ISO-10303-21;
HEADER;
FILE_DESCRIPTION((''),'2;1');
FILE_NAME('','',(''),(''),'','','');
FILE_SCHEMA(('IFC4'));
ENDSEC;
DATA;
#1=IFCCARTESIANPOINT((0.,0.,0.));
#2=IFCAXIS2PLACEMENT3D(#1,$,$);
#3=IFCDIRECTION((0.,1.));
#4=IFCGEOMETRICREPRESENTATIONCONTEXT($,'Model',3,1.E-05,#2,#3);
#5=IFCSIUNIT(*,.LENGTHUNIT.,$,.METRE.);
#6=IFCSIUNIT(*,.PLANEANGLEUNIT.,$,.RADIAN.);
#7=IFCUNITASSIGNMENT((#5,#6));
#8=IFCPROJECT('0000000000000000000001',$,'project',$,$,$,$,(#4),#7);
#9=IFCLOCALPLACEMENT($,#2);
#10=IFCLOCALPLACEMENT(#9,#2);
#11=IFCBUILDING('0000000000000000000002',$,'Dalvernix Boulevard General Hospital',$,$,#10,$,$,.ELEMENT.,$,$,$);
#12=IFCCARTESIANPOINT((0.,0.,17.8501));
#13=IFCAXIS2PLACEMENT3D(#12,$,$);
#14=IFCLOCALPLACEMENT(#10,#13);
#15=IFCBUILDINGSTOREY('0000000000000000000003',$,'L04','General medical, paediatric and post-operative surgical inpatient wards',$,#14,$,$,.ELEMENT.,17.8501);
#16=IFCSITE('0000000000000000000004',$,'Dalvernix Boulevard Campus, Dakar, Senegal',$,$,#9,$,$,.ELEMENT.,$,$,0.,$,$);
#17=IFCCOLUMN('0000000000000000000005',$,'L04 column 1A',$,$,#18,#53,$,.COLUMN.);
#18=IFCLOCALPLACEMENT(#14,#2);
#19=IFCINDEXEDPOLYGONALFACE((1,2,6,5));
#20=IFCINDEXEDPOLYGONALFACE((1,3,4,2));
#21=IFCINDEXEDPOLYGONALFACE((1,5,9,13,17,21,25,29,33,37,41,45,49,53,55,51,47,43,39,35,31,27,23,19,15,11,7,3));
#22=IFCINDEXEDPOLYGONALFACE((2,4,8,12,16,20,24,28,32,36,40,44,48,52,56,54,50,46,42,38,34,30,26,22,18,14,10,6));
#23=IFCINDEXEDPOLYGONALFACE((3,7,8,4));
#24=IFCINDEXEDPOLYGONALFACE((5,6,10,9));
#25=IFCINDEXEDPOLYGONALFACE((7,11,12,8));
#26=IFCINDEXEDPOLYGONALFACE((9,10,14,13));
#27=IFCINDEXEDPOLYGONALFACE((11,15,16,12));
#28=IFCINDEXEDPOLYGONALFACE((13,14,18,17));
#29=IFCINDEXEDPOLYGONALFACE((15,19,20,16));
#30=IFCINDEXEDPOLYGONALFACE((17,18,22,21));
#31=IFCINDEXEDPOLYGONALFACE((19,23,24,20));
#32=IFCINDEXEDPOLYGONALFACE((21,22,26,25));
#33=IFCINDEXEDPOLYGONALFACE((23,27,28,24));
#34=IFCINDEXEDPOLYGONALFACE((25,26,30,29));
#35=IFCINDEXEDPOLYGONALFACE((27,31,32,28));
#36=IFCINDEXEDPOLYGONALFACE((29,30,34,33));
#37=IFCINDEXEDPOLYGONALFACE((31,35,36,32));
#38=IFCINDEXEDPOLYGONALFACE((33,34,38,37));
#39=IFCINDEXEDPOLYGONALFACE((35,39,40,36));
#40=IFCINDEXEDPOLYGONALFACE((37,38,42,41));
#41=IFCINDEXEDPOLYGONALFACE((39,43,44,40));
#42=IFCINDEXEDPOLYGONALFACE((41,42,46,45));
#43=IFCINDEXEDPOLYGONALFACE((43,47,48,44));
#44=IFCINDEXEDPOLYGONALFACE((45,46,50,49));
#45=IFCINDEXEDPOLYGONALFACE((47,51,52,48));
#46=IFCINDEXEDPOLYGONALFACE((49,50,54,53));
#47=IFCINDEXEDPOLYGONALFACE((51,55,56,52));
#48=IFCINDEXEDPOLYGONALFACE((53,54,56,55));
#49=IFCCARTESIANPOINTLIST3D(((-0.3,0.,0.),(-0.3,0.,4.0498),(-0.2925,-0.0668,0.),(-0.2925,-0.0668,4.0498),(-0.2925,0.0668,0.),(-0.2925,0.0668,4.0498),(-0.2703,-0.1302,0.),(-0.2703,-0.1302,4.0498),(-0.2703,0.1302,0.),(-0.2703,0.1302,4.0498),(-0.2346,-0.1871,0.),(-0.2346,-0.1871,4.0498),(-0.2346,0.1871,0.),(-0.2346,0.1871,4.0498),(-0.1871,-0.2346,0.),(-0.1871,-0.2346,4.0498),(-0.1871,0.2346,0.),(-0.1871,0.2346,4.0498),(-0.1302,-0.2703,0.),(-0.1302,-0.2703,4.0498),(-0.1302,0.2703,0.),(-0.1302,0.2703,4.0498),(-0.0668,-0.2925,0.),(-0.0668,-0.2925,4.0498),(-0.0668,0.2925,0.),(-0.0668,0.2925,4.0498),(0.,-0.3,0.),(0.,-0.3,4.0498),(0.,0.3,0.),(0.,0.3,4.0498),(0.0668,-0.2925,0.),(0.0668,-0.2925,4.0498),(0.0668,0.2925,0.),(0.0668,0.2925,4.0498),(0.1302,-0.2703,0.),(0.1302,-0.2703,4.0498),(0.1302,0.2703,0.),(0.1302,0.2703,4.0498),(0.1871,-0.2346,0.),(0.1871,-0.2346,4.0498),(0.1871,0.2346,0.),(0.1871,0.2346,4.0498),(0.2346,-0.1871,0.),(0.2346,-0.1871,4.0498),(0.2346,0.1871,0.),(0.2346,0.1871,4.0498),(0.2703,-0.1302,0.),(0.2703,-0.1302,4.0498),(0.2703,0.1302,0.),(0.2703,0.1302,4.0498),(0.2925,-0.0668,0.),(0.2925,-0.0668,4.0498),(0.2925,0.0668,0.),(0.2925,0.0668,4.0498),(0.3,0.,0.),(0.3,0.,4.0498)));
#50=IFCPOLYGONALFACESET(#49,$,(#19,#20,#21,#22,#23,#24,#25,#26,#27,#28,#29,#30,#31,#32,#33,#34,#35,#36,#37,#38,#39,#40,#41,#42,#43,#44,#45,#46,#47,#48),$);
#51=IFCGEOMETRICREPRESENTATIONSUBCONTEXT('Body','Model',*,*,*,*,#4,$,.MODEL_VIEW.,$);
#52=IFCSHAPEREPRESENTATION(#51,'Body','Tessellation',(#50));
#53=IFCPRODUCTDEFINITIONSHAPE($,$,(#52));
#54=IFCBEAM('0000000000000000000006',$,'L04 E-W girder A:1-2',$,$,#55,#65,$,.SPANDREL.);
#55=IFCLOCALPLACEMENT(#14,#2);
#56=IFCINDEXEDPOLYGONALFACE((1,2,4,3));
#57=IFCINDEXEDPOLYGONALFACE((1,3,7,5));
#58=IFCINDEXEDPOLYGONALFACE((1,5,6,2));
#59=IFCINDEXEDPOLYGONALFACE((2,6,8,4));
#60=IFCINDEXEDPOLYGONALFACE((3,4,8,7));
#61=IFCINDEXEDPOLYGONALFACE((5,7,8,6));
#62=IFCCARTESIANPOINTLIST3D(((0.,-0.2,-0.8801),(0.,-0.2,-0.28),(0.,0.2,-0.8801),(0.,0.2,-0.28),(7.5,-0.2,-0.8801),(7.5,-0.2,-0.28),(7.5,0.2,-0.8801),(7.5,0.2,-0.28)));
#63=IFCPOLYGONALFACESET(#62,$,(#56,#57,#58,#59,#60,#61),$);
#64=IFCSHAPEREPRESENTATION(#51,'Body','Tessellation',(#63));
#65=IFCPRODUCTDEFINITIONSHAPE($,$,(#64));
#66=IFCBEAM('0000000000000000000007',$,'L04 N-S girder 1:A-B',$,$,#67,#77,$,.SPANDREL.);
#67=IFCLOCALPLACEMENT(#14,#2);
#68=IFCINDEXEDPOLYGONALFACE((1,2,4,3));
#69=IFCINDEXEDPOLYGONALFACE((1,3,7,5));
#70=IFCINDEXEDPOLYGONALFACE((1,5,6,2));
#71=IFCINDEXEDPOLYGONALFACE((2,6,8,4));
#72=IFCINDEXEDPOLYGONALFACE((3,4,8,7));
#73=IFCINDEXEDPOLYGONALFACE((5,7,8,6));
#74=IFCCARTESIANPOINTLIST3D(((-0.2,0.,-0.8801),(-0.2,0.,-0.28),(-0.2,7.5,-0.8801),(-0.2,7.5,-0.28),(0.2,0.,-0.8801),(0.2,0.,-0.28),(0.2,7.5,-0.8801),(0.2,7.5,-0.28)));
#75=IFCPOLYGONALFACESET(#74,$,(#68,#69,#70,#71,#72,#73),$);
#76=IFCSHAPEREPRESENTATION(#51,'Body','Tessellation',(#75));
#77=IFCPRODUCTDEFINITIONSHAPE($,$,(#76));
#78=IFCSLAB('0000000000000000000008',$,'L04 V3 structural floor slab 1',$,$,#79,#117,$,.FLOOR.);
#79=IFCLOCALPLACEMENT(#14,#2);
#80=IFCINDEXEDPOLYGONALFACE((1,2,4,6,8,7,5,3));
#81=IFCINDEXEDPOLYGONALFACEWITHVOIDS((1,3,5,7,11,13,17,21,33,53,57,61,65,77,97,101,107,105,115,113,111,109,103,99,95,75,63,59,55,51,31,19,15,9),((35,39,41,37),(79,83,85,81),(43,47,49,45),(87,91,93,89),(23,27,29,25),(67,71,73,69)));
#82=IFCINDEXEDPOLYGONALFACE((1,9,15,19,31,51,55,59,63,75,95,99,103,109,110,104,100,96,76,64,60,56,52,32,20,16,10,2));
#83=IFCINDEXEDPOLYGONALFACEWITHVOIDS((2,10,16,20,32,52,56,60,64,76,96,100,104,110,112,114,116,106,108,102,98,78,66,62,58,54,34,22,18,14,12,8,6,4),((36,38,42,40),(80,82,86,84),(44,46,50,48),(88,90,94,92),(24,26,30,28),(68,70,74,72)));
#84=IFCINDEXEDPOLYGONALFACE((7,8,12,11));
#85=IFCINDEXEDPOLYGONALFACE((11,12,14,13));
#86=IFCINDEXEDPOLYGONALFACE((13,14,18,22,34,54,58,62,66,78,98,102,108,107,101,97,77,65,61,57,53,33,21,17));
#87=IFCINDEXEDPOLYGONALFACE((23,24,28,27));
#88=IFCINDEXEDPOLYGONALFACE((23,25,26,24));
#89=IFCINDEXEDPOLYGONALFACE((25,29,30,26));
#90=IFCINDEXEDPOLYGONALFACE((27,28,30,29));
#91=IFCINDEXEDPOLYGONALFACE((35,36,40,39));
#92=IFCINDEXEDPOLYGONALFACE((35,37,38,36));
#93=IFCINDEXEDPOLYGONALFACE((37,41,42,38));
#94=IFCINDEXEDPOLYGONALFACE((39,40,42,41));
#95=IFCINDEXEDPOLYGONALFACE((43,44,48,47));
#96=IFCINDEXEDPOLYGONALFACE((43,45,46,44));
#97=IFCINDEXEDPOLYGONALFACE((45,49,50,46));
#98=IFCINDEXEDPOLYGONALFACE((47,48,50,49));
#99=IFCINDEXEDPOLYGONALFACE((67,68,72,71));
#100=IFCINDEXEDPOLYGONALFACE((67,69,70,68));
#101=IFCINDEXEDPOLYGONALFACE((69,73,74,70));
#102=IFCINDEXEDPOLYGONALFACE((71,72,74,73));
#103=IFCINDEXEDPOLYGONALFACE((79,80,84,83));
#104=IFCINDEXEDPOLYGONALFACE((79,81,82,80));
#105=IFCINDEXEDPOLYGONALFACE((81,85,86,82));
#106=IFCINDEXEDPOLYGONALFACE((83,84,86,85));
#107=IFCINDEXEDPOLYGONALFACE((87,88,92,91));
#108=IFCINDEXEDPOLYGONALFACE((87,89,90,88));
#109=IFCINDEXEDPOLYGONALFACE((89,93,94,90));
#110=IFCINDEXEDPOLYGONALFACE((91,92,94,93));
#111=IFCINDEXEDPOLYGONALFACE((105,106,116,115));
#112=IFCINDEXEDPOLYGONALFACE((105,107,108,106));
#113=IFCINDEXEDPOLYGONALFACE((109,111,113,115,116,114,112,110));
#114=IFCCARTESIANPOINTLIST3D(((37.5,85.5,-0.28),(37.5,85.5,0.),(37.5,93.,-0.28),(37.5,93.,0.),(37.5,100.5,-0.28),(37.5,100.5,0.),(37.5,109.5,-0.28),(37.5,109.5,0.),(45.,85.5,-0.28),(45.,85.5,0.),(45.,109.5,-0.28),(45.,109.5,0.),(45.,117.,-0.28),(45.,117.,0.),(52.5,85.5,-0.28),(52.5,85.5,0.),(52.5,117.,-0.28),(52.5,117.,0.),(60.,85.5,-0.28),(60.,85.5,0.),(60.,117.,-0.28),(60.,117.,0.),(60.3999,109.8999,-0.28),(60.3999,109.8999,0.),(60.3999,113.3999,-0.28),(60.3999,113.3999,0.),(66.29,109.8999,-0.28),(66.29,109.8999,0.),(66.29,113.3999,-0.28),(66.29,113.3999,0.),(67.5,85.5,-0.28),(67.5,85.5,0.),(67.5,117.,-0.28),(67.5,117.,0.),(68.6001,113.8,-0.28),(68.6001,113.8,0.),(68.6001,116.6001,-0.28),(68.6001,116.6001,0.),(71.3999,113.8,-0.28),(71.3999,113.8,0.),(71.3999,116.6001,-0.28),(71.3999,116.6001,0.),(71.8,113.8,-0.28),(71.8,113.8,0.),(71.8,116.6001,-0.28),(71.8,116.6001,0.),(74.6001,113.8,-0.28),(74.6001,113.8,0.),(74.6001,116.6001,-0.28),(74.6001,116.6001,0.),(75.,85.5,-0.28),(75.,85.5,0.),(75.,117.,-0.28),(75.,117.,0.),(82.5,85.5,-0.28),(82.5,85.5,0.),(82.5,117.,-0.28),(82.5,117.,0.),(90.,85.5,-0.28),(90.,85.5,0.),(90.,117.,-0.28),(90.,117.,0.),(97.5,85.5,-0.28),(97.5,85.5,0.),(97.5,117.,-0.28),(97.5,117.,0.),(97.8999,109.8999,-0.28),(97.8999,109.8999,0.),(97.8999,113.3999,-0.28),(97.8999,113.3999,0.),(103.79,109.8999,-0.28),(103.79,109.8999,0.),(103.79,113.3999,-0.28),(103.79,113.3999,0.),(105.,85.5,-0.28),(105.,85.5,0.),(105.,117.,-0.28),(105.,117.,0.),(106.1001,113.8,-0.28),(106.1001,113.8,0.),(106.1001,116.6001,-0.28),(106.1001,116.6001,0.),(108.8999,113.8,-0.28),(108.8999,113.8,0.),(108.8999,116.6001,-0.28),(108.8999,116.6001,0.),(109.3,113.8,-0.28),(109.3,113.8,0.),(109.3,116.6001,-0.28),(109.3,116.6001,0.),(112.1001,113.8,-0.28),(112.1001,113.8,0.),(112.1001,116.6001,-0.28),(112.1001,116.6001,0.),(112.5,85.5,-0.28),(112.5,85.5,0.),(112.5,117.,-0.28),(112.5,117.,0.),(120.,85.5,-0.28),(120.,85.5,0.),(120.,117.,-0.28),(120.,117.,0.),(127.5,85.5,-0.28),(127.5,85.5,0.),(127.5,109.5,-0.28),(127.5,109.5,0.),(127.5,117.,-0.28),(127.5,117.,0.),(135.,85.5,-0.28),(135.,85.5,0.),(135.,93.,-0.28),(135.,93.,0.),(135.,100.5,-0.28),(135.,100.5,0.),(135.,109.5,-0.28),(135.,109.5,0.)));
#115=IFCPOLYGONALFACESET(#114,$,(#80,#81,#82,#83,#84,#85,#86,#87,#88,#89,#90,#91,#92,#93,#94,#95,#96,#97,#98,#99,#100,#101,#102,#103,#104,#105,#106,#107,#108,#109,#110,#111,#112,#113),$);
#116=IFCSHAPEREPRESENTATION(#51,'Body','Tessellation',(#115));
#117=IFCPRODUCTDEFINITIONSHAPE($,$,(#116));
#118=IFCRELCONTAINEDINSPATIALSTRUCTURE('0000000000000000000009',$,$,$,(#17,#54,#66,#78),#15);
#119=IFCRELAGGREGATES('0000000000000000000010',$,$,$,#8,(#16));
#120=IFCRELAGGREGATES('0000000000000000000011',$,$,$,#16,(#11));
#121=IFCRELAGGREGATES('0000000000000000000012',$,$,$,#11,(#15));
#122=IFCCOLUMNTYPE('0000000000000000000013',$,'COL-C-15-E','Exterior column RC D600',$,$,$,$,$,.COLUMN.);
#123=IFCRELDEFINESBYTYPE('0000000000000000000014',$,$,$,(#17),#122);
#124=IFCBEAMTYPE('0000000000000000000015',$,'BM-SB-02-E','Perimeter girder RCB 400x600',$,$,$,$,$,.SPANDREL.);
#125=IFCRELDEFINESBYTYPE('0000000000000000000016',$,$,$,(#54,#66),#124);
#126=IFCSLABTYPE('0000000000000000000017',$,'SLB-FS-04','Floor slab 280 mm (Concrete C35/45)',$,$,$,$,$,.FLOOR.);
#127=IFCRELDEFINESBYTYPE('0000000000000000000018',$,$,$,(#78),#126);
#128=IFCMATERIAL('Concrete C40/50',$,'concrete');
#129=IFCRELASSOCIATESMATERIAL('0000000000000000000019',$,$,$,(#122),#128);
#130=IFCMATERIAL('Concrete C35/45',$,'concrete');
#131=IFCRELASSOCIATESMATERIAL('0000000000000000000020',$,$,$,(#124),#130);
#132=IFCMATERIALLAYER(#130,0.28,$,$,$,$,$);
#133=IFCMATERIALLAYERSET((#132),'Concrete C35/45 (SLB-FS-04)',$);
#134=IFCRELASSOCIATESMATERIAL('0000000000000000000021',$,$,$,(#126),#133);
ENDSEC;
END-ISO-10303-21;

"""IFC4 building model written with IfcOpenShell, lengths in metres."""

from ifc_helpers import new_model, si_unit, direction, frame, origin, origin_with_axes, origin_2d, place, context, subcontext, project, spatial, polyline, rectangle, circle, outline, extrude, material, layer, layer_set, material_profile, profile_set, type_object, element, save


model = new_model("IFC4")

# Units and contexts
model_context = context("Model", 3, precision=1e-05, world=origin(), true_north=direction((0.0, 1.0)))
body_context = subcontext(model_context, "Body", "Model", "MODEL_VIEW")
ifc_project = project(units=[si_unit("LENGTHUNIT", "METRE"), si_unit("PLANEANGLEUNIT", "RADIAN")], contexts=[model_context])

# Site, building, storey
site_placement = place(None, origin())
site = spatial("IfcSite", under=ifc_project, at=site_placement, Name="Dalvernix Boulevard Campus, Dakar, Senegal", CompositionType="ELEMENT", RefElevation=0.0)
building_placement = place(site_placement, origin())
building = spatial("IfcBuilding", under=site, at=building_placement, Name="Dalvernix Boulevard General Hospital", CompositionType="ELEMENT")
storey_placement = place(building_placement, frame((0.0, 0.0, 17.8501)))
storey = spatial("IfcBuildingStorey", under=building, at=storey_placement, Name="L04", Description="General medical, paediatric and post-operative surgical inpatient wards", CompositionType="ELEMENT", Elevation=17.8501)

# Column
ifc_material_1 = material(Name="Concrete C40/50", Category="concrete")
ifc_material_profile_1 = material_profile(ifc_material_1, circle(Radius=0.3, at=origin_2d()), Name="RC D600")
ifc_profile_set_1 = profile_set([ifc_material_profile_1], Name="Concrete C40/50")
column_type = type_object("IfcColumnType", Name="COL-C-15-E", Description="Exterior column RC D600", PredefinedType="COLUMN", material=ifc_profile_set_1)
column_placement = place(storey_placement, origin_with_axes())
element("IfcColumn", 1, at=column_placement, inside=storey, type_object=column_type, Name="L04 column 1A", PredefinedType="COLUMN", context=body_context, shape_type="SweptSolid", body=[
    extrude(circle(Radius=0.3, at=origin_2d()), origin(), (0.0, 0.0, 1.0), 4.0498),
])

# Beams
ifc_material_2 = material(Name="Concrete C35/45", Category="concrete")
ifc_material_profile_2 = material_profile(ifc_material_2, rectangle(XDim=0.3999, YDim=0.6001, at=origin_2d()), Name="RCB 400x600")
ifc_profile_set_2 = profile_set([ifc_material_profile_2], Name="Concrete C35/45")
beam_type = type_object("IfcBeamType", Name="BM-SB-02-E", Description="Perimeter girder RCB 400x600", PredefinedType="SPANDREL", material=ifc_profile_set_2)
for number, where, z_axis, x_axis, name in (
    (2, (0.0, 0.0, -0.5801), (1.0, 0.0, 0.0), (0.0, 1.0, 0.0), "L04 E-W girder A:1-2"),
    (3, (0.0, 0.0, -0.5801), (0.0, 1.0, 0.0), (-1.0, 0.0, 0.0), "L04 N-S girder 1:A-B"),
):
    element("IfcBeam", number, at=place(storey_placement, frame(where, z_axis=z_axis, x_axis=x_axis)), inside=storey, type_object=beam_type, Name=name, PredefinedType="SPANDREL", context=body_context, shape_type="SweptSolid", body=[
        extrude(rectangle(XDim=0.3999, YDim=0.6001, at=origin_2d()), origin(), (0.0, 0.0, 1.0), 7.5),
    ])

# Slab
ifc_layer_1 = layer(ifc_material_2, 0.28)
ifc_layer_set_1 = layer_set([ifc_layer_1], Name="Concrete C35/45 (SLB-FS-04)")
slab_type_1 = type_object("IfcSlabType", Name="SLB-FS-04", Description="Floor slab 280 mm (Concrete C35/45)", PredefinedType="FLOOR", material=ifc_layer_set_1)
slab_1_placement = place(storey_placement, frame((0.0, 0.0, -0.28)))
element("IfcSlab", 4, at=slab_1_placement, inside=storey, type_object=slab_type_1, Name="L04 V3 structural floor slab 1", PredefinedType="FLOOR", context=body_context, shape_type="SweptSolid", body=[
    extrude(outline(polyline([(37.5, 109.5), (45.0, 109.5), (45.0, 117.0), (52.5, 117.0), (60.0, 117.0), (67.5, 117.0), (75.0, 117.0), (82.5, 117.0), (90.0, 117.0), (97.5, 117.0), (105.0, 117.0), (112.5, 117.0), (120.0, 117.0), (127.5, 117.0), (127.5, 109.5), (135.0, 109.5), (135.0, 100.5), (135.0, 93.0), (135.0, 85.5), (127.5, 85.5), (120.0, 85.5), (112.5, 85.5), (105.0, 85.5), (97.5, 85.5), (90.0, 85.5), (82.5, 85.5), (75.0, 85.5), (67.5, 85.5), (60.0, 85.5), (52.5, 85.5), (45.0, 85.5), (37.5, 85.5), (37.5, 93.0), (37.5, 100.5), (37.5, 109.5)]), holes=[polyline([(60.3999, 113.3999), (60.3999, 109.8999), (66.29, 109.8999), (66.29, 113.3999), (60.3999, 113.3999)]), polyline([(71.3999, 116.6001), (68.6001, 116.6001), (68.6001, 113.8), (71.3999, 113.8), (71.3999, 116.6001)]), polyline([(74.6001, 113.8), (74.6001, 116.6001), (71.8, 116.6001), (71.8, 113.8), (74.6001, 113.8)]), polyline([(97.8999, 109.8999), (103.79, 109.8999), (103.79, 113.3999), (97.8999, 113.3999), (97.8999, 109.8999)]), polyline([(106.1001, 116.6001), (106.1001, 113.8), (108.8999, 113.8), (108.8999, 116.6001), (106.1001, 116.6001)]), polyline([(112.1001, 116.6001), (109.3, 116.6001), (109.3, 113.8), (112.1001, 113.8), (112.1001, 116.6001)])]), origin(), (0.0, 0.0, 1.0), 0.28),
])

save(model, "model.ifc")
